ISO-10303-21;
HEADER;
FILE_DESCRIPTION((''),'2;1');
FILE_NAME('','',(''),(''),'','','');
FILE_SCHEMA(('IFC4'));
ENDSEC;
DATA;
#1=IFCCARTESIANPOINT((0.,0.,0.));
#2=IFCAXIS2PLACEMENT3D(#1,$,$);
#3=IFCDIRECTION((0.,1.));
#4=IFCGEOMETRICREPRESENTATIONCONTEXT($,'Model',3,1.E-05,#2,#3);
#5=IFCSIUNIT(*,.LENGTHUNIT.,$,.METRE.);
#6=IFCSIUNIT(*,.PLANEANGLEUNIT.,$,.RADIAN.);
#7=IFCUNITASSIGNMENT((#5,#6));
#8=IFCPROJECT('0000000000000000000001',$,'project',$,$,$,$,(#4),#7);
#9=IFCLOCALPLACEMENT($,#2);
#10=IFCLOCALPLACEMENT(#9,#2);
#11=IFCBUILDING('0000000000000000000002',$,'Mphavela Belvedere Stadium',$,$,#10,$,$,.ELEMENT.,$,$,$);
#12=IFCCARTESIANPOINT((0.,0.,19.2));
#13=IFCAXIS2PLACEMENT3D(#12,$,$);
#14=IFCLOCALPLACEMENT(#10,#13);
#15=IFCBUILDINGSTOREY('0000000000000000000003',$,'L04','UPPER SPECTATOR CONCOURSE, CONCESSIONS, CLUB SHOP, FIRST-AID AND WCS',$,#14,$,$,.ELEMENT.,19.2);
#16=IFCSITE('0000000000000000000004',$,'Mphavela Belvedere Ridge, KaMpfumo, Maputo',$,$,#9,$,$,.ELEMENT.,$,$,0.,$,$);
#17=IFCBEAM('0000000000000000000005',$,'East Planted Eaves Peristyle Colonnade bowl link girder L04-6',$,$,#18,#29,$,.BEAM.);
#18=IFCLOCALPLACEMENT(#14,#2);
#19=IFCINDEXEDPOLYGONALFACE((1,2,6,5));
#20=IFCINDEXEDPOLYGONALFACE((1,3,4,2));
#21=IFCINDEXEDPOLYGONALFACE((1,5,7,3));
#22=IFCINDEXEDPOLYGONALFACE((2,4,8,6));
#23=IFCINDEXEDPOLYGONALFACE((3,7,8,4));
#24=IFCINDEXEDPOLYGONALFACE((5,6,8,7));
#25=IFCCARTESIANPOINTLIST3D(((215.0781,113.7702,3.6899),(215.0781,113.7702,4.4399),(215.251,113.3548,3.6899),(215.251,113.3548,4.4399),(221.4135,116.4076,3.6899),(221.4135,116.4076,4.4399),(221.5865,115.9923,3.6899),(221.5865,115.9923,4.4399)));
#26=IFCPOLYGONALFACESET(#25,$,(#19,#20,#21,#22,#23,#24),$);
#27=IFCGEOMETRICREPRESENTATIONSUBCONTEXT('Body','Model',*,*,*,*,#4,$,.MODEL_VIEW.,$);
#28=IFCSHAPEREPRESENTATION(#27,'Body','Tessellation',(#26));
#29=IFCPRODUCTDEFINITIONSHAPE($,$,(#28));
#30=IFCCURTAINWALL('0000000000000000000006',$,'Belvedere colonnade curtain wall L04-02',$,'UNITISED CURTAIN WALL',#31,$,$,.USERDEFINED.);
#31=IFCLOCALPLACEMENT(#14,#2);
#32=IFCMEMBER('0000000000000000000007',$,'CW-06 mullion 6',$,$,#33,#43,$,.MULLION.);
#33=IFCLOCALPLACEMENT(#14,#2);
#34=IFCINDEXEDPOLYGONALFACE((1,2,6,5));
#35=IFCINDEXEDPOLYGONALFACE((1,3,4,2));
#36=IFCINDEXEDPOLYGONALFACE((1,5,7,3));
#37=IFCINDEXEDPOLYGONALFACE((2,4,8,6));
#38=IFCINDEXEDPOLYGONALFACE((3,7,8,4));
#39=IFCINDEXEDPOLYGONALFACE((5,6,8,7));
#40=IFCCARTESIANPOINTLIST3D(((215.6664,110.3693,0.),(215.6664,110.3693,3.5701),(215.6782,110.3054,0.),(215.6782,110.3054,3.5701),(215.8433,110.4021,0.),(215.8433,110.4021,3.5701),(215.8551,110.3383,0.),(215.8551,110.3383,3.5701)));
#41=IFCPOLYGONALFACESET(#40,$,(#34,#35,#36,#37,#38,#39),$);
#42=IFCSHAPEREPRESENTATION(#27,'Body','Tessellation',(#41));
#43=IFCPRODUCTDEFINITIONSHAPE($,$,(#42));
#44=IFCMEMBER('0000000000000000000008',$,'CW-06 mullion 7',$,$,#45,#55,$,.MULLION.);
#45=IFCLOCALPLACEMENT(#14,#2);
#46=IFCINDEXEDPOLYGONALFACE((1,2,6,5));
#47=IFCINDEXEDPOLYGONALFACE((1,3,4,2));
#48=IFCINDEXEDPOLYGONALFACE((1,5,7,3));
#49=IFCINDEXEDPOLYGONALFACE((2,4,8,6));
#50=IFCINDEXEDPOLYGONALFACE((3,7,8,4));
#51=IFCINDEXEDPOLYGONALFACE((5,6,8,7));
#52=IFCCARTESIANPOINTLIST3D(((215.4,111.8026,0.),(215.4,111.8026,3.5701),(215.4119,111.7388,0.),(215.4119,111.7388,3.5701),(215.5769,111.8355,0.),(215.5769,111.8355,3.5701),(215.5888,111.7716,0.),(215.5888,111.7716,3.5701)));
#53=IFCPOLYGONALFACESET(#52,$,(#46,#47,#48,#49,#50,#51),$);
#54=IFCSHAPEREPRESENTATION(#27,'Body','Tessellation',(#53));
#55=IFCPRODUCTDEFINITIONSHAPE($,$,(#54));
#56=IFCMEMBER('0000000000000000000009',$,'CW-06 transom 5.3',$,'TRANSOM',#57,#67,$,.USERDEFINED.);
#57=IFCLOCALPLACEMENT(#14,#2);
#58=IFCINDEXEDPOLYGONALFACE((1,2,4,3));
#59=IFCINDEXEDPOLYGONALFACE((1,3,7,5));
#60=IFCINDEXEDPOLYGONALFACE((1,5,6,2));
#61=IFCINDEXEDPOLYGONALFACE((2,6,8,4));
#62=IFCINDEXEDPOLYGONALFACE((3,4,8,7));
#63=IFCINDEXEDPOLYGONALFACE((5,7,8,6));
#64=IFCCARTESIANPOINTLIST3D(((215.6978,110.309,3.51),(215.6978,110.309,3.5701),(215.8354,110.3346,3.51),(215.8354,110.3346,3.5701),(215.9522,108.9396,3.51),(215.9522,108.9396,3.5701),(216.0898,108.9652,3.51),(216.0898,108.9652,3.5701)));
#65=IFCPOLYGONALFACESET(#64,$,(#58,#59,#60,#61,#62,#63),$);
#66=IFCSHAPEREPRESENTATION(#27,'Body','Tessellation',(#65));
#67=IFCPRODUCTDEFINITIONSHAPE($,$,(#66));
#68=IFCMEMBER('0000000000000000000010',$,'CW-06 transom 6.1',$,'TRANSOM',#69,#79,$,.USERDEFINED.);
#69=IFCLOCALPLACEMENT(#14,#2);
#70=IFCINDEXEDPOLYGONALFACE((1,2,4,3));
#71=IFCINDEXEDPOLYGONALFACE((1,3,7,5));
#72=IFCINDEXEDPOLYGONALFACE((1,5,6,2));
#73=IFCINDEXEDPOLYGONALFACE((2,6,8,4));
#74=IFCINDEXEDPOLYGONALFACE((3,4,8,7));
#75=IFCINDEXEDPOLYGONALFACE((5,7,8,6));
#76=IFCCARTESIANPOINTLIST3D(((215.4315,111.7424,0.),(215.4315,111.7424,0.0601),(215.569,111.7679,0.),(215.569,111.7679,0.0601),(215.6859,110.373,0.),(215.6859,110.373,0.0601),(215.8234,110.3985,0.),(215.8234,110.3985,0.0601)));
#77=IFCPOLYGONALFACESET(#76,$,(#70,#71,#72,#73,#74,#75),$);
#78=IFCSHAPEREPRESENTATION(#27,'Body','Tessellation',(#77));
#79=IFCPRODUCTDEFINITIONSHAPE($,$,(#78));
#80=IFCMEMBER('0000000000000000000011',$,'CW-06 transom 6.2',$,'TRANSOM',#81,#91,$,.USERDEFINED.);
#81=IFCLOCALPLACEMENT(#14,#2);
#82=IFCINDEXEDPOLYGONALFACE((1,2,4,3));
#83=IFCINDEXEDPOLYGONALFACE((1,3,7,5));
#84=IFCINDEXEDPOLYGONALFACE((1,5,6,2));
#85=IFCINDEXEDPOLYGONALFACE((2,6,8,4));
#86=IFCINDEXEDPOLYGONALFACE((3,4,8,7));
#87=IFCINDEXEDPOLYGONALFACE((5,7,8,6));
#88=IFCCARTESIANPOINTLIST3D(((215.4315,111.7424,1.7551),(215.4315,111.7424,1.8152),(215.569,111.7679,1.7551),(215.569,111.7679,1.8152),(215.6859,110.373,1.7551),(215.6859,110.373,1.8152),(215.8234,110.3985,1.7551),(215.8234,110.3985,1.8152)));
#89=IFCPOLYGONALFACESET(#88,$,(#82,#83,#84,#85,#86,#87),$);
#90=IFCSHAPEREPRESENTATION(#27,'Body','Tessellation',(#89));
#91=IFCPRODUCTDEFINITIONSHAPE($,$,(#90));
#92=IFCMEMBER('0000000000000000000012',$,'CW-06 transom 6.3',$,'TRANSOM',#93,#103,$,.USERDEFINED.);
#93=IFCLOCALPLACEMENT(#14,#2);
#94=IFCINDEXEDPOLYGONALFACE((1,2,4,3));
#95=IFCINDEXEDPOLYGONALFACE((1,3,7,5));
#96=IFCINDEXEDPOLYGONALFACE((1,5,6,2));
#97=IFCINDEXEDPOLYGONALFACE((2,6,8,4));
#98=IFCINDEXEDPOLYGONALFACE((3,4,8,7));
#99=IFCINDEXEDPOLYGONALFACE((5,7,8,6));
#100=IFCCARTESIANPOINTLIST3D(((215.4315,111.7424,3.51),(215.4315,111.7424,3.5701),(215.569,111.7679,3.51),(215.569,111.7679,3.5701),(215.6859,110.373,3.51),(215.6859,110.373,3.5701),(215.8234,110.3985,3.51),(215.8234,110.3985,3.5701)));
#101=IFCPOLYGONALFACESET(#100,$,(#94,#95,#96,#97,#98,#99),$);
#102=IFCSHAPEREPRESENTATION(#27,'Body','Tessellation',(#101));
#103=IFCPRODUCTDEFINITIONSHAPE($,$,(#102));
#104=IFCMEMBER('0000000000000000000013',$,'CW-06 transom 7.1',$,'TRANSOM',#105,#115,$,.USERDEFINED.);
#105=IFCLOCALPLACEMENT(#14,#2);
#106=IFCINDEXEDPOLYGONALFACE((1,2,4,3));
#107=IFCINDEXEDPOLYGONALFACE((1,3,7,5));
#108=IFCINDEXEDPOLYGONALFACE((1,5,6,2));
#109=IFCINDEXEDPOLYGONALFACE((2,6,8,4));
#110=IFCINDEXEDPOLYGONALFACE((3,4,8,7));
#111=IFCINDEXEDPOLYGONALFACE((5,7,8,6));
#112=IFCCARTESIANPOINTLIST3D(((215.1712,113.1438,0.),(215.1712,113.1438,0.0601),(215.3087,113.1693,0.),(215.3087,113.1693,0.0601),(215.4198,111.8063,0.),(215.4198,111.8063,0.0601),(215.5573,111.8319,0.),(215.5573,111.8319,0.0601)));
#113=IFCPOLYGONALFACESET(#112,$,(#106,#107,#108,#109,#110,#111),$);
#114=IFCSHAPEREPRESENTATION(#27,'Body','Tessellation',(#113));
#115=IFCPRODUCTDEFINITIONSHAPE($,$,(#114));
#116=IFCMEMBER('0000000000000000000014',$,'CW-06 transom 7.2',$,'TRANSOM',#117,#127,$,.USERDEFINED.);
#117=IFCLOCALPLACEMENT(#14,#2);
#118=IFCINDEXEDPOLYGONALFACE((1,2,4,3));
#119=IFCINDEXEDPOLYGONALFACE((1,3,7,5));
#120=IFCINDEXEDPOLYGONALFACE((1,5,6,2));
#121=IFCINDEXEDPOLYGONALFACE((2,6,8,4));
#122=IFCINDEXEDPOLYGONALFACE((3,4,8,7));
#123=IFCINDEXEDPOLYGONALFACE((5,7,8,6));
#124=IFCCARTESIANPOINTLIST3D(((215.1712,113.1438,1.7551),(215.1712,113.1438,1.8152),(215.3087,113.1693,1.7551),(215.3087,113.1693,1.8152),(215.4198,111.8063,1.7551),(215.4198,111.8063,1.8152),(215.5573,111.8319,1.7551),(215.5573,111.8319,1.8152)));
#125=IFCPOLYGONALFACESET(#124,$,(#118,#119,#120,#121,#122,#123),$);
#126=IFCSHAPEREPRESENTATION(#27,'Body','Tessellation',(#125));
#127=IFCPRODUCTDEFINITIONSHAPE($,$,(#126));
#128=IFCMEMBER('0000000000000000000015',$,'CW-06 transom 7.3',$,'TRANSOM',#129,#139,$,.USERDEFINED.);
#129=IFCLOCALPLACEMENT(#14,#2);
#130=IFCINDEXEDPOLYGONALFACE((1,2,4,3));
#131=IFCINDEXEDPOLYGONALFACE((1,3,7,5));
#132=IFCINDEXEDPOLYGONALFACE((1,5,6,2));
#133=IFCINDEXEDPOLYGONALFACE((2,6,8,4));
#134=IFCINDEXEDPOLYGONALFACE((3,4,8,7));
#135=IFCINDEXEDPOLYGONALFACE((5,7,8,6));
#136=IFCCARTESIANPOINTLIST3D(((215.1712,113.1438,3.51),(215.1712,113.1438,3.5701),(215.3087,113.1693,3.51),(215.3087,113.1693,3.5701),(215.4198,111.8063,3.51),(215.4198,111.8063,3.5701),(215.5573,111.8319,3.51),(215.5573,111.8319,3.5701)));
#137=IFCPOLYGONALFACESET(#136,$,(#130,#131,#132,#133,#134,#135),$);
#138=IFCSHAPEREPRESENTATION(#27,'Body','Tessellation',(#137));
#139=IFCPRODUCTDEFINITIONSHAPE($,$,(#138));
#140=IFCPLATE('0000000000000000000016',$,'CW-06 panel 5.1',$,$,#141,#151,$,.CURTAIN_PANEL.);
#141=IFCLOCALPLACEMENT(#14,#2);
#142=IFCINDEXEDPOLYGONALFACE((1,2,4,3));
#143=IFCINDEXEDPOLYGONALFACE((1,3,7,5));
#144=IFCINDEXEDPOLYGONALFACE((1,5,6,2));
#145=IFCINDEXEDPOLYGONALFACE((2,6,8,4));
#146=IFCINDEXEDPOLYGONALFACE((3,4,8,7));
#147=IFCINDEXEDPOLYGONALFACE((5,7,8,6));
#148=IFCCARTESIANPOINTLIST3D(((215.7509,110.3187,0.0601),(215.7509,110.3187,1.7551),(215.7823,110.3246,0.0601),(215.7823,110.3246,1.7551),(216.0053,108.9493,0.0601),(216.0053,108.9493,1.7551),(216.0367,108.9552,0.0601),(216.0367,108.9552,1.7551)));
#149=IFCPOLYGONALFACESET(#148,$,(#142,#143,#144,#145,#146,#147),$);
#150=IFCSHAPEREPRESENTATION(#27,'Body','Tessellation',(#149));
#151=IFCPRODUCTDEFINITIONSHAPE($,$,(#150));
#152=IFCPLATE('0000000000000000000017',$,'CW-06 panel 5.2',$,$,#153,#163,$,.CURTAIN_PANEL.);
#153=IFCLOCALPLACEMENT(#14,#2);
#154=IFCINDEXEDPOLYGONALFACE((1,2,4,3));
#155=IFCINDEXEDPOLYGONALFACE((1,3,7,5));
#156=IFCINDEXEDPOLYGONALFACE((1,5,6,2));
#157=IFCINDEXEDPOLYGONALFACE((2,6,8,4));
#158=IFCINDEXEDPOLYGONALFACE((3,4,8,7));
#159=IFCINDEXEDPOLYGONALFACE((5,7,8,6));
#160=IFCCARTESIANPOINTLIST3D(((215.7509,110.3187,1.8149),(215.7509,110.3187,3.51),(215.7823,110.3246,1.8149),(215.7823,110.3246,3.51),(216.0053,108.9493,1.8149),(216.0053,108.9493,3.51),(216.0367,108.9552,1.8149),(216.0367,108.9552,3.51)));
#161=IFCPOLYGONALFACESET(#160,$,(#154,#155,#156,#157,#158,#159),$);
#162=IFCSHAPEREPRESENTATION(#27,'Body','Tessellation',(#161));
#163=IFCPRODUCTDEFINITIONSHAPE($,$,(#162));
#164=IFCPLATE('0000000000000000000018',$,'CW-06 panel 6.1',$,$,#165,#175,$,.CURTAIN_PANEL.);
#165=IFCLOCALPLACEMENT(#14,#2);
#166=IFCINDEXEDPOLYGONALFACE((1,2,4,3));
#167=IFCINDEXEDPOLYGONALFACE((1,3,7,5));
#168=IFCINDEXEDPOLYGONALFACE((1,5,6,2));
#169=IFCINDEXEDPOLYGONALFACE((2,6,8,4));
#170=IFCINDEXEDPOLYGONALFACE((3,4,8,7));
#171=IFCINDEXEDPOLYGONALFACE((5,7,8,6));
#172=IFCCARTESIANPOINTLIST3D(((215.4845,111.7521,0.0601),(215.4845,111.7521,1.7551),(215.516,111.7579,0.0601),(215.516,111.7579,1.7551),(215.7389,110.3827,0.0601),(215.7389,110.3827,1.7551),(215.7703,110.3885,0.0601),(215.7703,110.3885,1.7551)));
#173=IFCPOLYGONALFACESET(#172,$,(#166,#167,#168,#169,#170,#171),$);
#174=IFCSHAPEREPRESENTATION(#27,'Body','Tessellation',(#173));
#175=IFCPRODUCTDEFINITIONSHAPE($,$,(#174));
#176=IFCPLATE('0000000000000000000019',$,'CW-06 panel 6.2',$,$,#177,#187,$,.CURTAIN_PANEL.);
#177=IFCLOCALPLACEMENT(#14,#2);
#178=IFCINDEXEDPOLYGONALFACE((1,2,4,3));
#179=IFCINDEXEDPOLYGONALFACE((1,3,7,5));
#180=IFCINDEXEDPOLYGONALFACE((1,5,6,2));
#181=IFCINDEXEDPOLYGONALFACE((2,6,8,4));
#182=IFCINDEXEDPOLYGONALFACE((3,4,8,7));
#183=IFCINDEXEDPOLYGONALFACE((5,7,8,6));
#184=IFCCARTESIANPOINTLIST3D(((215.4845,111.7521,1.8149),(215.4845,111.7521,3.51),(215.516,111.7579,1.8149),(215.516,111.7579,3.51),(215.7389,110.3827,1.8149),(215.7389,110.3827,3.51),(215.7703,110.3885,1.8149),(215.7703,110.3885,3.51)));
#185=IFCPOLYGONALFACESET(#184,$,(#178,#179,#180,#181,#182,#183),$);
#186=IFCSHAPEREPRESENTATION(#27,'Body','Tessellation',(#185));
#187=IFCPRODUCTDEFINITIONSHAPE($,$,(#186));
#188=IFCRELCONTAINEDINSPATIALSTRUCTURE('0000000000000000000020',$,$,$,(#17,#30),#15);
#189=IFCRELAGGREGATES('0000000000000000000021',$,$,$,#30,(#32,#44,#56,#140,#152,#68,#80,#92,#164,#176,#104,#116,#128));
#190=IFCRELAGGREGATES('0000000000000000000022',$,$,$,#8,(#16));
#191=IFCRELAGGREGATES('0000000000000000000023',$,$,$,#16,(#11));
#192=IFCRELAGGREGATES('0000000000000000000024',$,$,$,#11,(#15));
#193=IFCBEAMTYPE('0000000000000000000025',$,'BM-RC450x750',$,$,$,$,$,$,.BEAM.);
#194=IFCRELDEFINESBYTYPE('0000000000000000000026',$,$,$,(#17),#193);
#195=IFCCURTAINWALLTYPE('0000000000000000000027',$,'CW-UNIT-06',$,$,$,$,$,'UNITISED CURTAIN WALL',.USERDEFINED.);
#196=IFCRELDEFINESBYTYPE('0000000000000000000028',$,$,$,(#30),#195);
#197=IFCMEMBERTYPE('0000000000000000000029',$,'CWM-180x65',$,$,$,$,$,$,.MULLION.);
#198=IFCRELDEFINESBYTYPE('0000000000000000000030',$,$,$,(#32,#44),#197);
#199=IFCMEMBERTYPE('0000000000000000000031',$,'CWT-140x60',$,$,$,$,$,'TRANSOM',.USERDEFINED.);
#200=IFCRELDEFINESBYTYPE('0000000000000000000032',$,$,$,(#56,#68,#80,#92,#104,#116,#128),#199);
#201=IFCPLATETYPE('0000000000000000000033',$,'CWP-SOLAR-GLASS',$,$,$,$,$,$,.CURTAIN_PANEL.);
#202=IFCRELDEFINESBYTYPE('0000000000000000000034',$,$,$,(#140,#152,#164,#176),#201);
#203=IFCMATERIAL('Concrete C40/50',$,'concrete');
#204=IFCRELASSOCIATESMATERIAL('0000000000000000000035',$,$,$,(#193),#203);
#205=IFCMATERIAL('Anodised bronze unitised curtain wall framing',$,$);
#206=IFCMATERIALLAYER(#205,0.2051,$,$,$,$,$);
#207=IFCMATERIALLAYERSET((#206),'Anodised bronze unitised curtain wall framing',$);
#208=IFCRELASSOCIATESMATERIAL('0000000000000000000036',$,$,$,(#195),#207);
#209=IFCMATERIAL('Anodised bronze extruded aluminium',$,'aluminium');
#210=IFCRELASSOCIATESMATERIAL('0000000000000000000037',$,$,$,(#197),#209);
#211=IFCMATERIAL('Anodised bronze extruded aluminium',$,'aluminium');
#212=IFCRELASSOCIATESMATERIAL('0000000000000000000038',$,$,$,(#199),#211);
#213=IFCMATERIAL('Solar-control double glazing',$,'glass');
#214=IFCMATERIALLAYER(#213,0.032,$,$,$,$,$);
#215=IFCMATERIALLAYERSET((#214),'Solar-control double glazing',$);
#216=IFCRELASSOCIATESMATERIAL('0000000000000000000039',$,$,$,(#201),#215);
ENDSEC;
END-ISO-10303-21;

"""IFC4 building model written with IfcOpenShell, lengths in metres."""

from ifc_helpers import new_model, si_unit, direction, frame, origin, origin_2d, place, context, subcontext, project, spatial, rectangle, extrude, material, layer, layer_set, material_profile, profile_set, type_object, element, aggregate, save


model = new_model("IFC4")

# Units and contexts
model_context = context("Model", 3, precision=1e-05, world=origin(), true_north=direction((0.0, 1.0)))
body_context = subcontext(model_context, "Body", "Model", "MODEL_VIEW")
ifc_project = project(units=[si_unit("LENGTHUNIT", "METRE"), si_unit("PLANEANGLEUNIT", "RADIAN")], contexts=[model_context])

# Site, building, storey
site_placement = place(None, origin())
site = spatial("IfcSite", under=ifc_project, at=site_placement, Name="Mphavela Belvedere Ridge, KaMpfumo, Maputo", CompositionType="ELEMENT", RefElevation=0.0)
building_placement = place(site_placement, origin())
building = spatial("IfcBuilding", under=site, at=building_placement, Name="Mphavela Belvedere Stadium", CompositionType="ELEMENT")
storey_placement = place(building_placement, frame((0.0, 0.0, 19.2)))
storey = spatial("IfcBuildingStorey", under=building, at=storey_placement, Name="L04", Description="UPPER SPECTATOR CONCOURSE, CONCESSIONS, CLUB SHOP, FIRST-AID AND WCS", CompositionType="ELEMENT", Elevation=19.2)

# Beam
ifc_material_1 = material(Name="Concrete C40/50", Category="concrete")
ifc_material_profile_1 = material_profile(ifc_material_1, rectangle(XDim=0.45, YDim=0.75, at=origin_2d()), Name="RC 450x750")
ifc_profile_set_1 = profile_set([ifc_material_profile_1], Name="Concrete C40/50")
beam_type_1 = type_object("IfcBeamType", Name="BM-RC450x750", PredefinedType="BEAM", material=ifc_profile_set_1)
beam_1_placement = place(storey_placement, frame((221.5, 116.2, 4.0649), z_axis=(-0.923197, -0.384327, 0.0), x_axis=(0.384327, -0.923197, 0.0)))
element("IfcBeam", 1, at=beam_1_placement, inside=storey, type_object=beam_type_1, Name="East Planted Eaves Peristyle Colonnade bowl link girder L04-6", PredefinedType="BEAM", context=body_context, shape_type="SweptSolid", body=[
    extrude(rectangle(XDim=0.45, YDim=0.75, at=origin_2d()), origin(), (0.0, 0.0, 1.0), 6.8625),
])

# Curtain wall, members, plates
ifc_material_2 = material(Name="Anodised bronze unitised curtain wall framing")
ifc_layer_1 = layer(ifc_material_2, 0.2051)
ifc_layer_set_1 = layer_set([ifc_layer_1], Name="Anodised bronze unitised curtain wall framing")
curtain_wall_type = type_object("IfcCurtainWallType", Name="CW-UNIT-06", ElementType="UNITISED CURTAIN WALL", PredefinedType="USERDEFINED", material=ifc_layer_set_1)
curtain_wall_placement = place(storey_placement, origin())
curtain_wall = element("IfcCurtainWall", 2, at=curtain_wall_placement, inside=storey, type_object=curtain_wall_type, Name="Belvedere colonnade curtain wall L04-02", ObjectType="UNITISED CURTAIN WALL", PredefinedType="USERDEFINED")
ifc_material_3 = material(Name="Anodised bronze extruded aluminium", Category="aluminium")
ifc_material_profile_2 = material_profile(ifc_material_3, rectangle(XDim=0.1799, YDim=0.0649, at=origin_2d()), Name="CW-MUL 180x65")
ifc_profile_set_2 = profile_set([ifc_material_profile_2], Name="Anodised bronze extruded aluminium")
member_type_1 = type_object("IfcMemberType", Name="CWM-180x65", PredefinedType="MULLION", material=ifc_profile_set_2)
member_1_placement = place(storey_placement, frame((215.7607, 110.3538, 0.0), z_axis=(0.0, 0.0, 1.0), x_axis=(-0.983184, -0.182618, 0.0)))
member_1 = element("IfcMember", 3, at=member_1_placement, type_object=member_type_1, Name="CW-06 mullion 6", PredefinedType="MULLION", context=body_context, shape_type="SweptSolid", body=[
    extrude(rectangle(XDim=0.1799, YDim=0.0649, at=origin_2d()), origin(), (0.0, 0.0, 1.0), 3.5701),
])
member_2_placement = place(storey_placement, frame((215.4944, 111.7871, 0.0), z_axis=(0.0, 0.0, 1.0), x_axis=(-0.983184, -0.182618, 0.0)))
member_2 = element("IfcMember", 4, at=member_2_placement, type_object=member_type_1, Name="CW-06 mullion 7", PredefinedType="MULLION", context=body_context, shape_type="SweptSolid", body=[
    extrude(rectangle(XDim=0.1799, YDim=0.0649, at=origin_2d()), origin(), (0.0, 0.0, 1.0), 3.5701),
])
ifc_material_4 = material(Name="Anodised bronze extruded aluminium", Category="aluminium")
ifc_material_profile_3 = material_profile(ifc_material_4, rectangle(XDim=0.1399, YDim=0.0601, at=origin_2d()), Name="CW-TRN 140x60")
ifc_profile_set_3 = profile_set([ifc_material_profile_3], Name="Anodised bronze extruded aluminium")
member_type_2 = type_object("IfcMemberType", Name="CWT-140x60", ElementType="TRANSOM", PredefinedType="USERDEFINED", material=ifc_profile_set_3)
member_3_placement = place(storey_placement, frame((216.021, 108.9524, 3.54), z_axis=(-0.182648, 0.983178, 0.0), x_axis=(-0.983178, -0.182648, 0.0)))
member_3 = element("IfcMember", 5, at=member_3_placement, type_object=member_type_2, Name="CW-06 transom 5.3", ObjectType="TRANSOM", PredefinedType="USERDEFINED", context=body_context, shape_type="SweptSolid", body=[
    extrude(rectangle(XDim=0.1399, YDim=0.0601, at=origin_2d()), origin(), (0.0, 0.0, 1.0), 1.3928),
])
member_4_placement = place(storey_placement, frame((215.7546, 110.3857, 0.03), z_axis=(-0.182648, 0.983178, 0.0), x_axis=(-0.983178, -0.182648, 0.0)))
member_4 = element("IfcMember", 6, at=member_4_placement, type_object=member_type_2, Name="CW-06 transom 6.1", ObjectType="TRANSOM", PredefinedType="USERDEFINED", context=body_context, shape_type="SweptSolid", body=[
    extrude(rectangle(XDim=0.1399, YDim=0.0601, at=origin_2d()), origin(), (0.0, 0.0, 1.0), 1.3928),
])
member_5_placement = place(storey_placement, frame((215.7546, 110.3857, 1.7852), z_axis=(-0.182648, 0.983178, 0.0), x_axis=(-0.983178, -0.182648, 0.0)))
member_5 = element("IfcMember", 7, at=member_5_placement, type_object=member_type_2, Name="CW-06 transom 6.2", ObjectType="TRANSOM", PredefinedType="USERDEFINED", context=body_context, shape_type="SweptSolid", body=[
    extrude(rectangle(XDim=0.1399, YDim=0.0601, at=origin_2d()), origin(), (0.0, 0.0, 1.0), 1.3928),
])
member_6_placement = place(storey_placement, frame((215.7546, 110.3857, 3.54), z_axis=(-0.182648, 0.983178, 0.0), x_axis=(-0.983178, -0.182648, 0.0)))
member_6 = element("IfcMember", 8, at=member_6_placement, type_object=member_type_2, Name="CW-06 transom 6.3", ObjectType="TRANSOM", PredefinedType="USERDEFINED", context=body_context, shape_type="SweptSolid", body=[
    extrude(rectangle(XDim=0.1399, YDim=0.0601, at=origin_2d()), origin(), (0.0, 0.0, 1.0), 1.3928),
])
member_7_placement = place(storey_placement, frame((215.4885, 111.8191, 0.03), z_axis=(-0.182706, 0.983168, 0.0), x_axis=(-0.983168, -0.182706, 0.0)))
member_7 = element("IfcMember", 9, at=member_7_placement, type_object=member_type_2, Name="CW-06 transom 7.1", ObjectType="TRANSOM", PredefinedType="USERDEFINED", context=body_context, shape_type="SweptSolid", body=[
    extrude(rectangle(XDim=0.1399, YDim=0.0601, at=origin_2d()), origin(), (0.0, 0.0, 1.0), 1.3604),
])
member_8_placement = place(storey_placement, frame((215.4885, 111.8191, 1.7852), z_axis=(-0.182706, 0.983168, 0.0), x_axis=(-0.983168, -0.182706, 0.0)))
member_8 = element("IfcMember", 10, at=member_8_placement, type_object=member_type_2, Name="CW-06 transom 7.2", ObjectType="TRANSOM", PredefinedType="USERDEFINED", context=body_context, shape_type="SweptSolid", body=[
    extrude(rectangle(XDim=0.1399, YDim=0.0601, at=origin_2d()), origin(), (0.0, 0.0, 1.0), 1.3604),
])
member_9_placement = place(storey_placement, frame((215.4885, 111.8191, 3.54), z_axis=(-0.182706, 0.983168, 0.0), x_axis=(-0.983168, -0.182706, 0.0)))
member_9 = element("IfcMember", 11, at=member_9_placement, type_object=member_type_2, Name="CW-06 transom 7.3", ObjectType="TRANSOM", PredefinedType="USERDEFINED", context=body_context, shape_type="SweptSolid", body=[
    extrude(rectangle(XDim=0.1399, YDim=0.0601, at=origin_2d()), origin(), (0.0, 0.0, 1.0), 1.3604),
])
ifc_material_5 = material(Name="Solar-control double glazing", Category="glass")
ifc_layer_2 = layer(ifc_material_5, 0.032)
ifc_layer_set_2 = layer_set([ifc_layer_2], Name="Solar-control double glazing")
plate_type = type_object("IfcPlateType", Name="CWP-SOLAR-GLASS", PredefinedType="CURTAIN_PANEL", material=ifc_layer_set_2)
plate_1_placement = place(storey_placement, frame((215.8938, 109.637, 0.0601), z_axis=(0.0, 0.0, 1.0), x_axis=(-0.182618, 0.983184, 0.0)))
plate_1 = element("IfcPlate", 12, at=plate_1_placement, type_object=plate_type, Name="CW-06 panel 5.1", PredefinedType="CURTAIN_PANEL", context=body_context, shape_type="SweptSolid", body=[
    extrude(rectangle(XDim=1.3928, YDim=0.032, at=origin_2d()), origin(), (0.0, 0.0, 1.0), 1.6951),
])
plate_2_placement = place(storey_placement, frame((215.8938, 109.637, 1.8149), z_axis=(0.0, 0.0, 1.0), x_axis=(-0.182618, 0.983184, 0.0)))
plate_2 = element("IfcPlate", 13, at=plate_2_placement, type_object=plate_type, Name="CW-06 panel 5.2", PredefinedType="CURTAIN_PANEL", context=body_context, shape_type="SweptSolid", body=[
    extrude(rectangle(XDim=1.3928, YDim=0.032, at=origin_2d()), origin(), (0.0, 0.0, 1.0), 1.6951),
])
plate_3_placement = place(storey_placement, frame((215.6274, 111.0703, 0.0601), z_axis=(0.0, 0.0, 1.0), x_axis=(-0.182618, 0.983184, 0.0)))
plate_3 = element("IfcPlate", 14, at=plate_3_placement, type_object=plate_type, Name="CW-06 panel 6.1", PredefinedType="CURTAIN_PANEL", context=body_context, shape_type="SweptSolid", body=[
    extrude(rectangle(XDim=1.3928, YDim=0.032, at=origin_2d()), origin(), (0.0, 0.0, 1.0), 1.6951),
])
plate_4_placement = place(storey_placement, frame((215.6274, 111.0703, 1.8149), z_axis=(0.0, 0.0, 1.0), x_axis=(-0.182618, 0.983184, 0.0)))
plate_4 = element("IfcPlate", 15, at=plate_4_placement, type_object=plate_type, Name="CW-06 panel 6.2", PredefinedType="CURTAIN_PANEL", context=body_context, shape_type="SweptSolid", body=[
    extrude(rectangle(XDim=1.3928, YDim=0.032, at=origin_2d()), origin(), (0.0, 0.0, 1.0), 1.6951),
])
aggregate(curtain_wall, [member_1, member_2, member_3, plate_1, plate_2, member_4, member_5, member_6, plate_3, plate_4, member_7, member_8, member_9])

save(model, "model.ifc")
